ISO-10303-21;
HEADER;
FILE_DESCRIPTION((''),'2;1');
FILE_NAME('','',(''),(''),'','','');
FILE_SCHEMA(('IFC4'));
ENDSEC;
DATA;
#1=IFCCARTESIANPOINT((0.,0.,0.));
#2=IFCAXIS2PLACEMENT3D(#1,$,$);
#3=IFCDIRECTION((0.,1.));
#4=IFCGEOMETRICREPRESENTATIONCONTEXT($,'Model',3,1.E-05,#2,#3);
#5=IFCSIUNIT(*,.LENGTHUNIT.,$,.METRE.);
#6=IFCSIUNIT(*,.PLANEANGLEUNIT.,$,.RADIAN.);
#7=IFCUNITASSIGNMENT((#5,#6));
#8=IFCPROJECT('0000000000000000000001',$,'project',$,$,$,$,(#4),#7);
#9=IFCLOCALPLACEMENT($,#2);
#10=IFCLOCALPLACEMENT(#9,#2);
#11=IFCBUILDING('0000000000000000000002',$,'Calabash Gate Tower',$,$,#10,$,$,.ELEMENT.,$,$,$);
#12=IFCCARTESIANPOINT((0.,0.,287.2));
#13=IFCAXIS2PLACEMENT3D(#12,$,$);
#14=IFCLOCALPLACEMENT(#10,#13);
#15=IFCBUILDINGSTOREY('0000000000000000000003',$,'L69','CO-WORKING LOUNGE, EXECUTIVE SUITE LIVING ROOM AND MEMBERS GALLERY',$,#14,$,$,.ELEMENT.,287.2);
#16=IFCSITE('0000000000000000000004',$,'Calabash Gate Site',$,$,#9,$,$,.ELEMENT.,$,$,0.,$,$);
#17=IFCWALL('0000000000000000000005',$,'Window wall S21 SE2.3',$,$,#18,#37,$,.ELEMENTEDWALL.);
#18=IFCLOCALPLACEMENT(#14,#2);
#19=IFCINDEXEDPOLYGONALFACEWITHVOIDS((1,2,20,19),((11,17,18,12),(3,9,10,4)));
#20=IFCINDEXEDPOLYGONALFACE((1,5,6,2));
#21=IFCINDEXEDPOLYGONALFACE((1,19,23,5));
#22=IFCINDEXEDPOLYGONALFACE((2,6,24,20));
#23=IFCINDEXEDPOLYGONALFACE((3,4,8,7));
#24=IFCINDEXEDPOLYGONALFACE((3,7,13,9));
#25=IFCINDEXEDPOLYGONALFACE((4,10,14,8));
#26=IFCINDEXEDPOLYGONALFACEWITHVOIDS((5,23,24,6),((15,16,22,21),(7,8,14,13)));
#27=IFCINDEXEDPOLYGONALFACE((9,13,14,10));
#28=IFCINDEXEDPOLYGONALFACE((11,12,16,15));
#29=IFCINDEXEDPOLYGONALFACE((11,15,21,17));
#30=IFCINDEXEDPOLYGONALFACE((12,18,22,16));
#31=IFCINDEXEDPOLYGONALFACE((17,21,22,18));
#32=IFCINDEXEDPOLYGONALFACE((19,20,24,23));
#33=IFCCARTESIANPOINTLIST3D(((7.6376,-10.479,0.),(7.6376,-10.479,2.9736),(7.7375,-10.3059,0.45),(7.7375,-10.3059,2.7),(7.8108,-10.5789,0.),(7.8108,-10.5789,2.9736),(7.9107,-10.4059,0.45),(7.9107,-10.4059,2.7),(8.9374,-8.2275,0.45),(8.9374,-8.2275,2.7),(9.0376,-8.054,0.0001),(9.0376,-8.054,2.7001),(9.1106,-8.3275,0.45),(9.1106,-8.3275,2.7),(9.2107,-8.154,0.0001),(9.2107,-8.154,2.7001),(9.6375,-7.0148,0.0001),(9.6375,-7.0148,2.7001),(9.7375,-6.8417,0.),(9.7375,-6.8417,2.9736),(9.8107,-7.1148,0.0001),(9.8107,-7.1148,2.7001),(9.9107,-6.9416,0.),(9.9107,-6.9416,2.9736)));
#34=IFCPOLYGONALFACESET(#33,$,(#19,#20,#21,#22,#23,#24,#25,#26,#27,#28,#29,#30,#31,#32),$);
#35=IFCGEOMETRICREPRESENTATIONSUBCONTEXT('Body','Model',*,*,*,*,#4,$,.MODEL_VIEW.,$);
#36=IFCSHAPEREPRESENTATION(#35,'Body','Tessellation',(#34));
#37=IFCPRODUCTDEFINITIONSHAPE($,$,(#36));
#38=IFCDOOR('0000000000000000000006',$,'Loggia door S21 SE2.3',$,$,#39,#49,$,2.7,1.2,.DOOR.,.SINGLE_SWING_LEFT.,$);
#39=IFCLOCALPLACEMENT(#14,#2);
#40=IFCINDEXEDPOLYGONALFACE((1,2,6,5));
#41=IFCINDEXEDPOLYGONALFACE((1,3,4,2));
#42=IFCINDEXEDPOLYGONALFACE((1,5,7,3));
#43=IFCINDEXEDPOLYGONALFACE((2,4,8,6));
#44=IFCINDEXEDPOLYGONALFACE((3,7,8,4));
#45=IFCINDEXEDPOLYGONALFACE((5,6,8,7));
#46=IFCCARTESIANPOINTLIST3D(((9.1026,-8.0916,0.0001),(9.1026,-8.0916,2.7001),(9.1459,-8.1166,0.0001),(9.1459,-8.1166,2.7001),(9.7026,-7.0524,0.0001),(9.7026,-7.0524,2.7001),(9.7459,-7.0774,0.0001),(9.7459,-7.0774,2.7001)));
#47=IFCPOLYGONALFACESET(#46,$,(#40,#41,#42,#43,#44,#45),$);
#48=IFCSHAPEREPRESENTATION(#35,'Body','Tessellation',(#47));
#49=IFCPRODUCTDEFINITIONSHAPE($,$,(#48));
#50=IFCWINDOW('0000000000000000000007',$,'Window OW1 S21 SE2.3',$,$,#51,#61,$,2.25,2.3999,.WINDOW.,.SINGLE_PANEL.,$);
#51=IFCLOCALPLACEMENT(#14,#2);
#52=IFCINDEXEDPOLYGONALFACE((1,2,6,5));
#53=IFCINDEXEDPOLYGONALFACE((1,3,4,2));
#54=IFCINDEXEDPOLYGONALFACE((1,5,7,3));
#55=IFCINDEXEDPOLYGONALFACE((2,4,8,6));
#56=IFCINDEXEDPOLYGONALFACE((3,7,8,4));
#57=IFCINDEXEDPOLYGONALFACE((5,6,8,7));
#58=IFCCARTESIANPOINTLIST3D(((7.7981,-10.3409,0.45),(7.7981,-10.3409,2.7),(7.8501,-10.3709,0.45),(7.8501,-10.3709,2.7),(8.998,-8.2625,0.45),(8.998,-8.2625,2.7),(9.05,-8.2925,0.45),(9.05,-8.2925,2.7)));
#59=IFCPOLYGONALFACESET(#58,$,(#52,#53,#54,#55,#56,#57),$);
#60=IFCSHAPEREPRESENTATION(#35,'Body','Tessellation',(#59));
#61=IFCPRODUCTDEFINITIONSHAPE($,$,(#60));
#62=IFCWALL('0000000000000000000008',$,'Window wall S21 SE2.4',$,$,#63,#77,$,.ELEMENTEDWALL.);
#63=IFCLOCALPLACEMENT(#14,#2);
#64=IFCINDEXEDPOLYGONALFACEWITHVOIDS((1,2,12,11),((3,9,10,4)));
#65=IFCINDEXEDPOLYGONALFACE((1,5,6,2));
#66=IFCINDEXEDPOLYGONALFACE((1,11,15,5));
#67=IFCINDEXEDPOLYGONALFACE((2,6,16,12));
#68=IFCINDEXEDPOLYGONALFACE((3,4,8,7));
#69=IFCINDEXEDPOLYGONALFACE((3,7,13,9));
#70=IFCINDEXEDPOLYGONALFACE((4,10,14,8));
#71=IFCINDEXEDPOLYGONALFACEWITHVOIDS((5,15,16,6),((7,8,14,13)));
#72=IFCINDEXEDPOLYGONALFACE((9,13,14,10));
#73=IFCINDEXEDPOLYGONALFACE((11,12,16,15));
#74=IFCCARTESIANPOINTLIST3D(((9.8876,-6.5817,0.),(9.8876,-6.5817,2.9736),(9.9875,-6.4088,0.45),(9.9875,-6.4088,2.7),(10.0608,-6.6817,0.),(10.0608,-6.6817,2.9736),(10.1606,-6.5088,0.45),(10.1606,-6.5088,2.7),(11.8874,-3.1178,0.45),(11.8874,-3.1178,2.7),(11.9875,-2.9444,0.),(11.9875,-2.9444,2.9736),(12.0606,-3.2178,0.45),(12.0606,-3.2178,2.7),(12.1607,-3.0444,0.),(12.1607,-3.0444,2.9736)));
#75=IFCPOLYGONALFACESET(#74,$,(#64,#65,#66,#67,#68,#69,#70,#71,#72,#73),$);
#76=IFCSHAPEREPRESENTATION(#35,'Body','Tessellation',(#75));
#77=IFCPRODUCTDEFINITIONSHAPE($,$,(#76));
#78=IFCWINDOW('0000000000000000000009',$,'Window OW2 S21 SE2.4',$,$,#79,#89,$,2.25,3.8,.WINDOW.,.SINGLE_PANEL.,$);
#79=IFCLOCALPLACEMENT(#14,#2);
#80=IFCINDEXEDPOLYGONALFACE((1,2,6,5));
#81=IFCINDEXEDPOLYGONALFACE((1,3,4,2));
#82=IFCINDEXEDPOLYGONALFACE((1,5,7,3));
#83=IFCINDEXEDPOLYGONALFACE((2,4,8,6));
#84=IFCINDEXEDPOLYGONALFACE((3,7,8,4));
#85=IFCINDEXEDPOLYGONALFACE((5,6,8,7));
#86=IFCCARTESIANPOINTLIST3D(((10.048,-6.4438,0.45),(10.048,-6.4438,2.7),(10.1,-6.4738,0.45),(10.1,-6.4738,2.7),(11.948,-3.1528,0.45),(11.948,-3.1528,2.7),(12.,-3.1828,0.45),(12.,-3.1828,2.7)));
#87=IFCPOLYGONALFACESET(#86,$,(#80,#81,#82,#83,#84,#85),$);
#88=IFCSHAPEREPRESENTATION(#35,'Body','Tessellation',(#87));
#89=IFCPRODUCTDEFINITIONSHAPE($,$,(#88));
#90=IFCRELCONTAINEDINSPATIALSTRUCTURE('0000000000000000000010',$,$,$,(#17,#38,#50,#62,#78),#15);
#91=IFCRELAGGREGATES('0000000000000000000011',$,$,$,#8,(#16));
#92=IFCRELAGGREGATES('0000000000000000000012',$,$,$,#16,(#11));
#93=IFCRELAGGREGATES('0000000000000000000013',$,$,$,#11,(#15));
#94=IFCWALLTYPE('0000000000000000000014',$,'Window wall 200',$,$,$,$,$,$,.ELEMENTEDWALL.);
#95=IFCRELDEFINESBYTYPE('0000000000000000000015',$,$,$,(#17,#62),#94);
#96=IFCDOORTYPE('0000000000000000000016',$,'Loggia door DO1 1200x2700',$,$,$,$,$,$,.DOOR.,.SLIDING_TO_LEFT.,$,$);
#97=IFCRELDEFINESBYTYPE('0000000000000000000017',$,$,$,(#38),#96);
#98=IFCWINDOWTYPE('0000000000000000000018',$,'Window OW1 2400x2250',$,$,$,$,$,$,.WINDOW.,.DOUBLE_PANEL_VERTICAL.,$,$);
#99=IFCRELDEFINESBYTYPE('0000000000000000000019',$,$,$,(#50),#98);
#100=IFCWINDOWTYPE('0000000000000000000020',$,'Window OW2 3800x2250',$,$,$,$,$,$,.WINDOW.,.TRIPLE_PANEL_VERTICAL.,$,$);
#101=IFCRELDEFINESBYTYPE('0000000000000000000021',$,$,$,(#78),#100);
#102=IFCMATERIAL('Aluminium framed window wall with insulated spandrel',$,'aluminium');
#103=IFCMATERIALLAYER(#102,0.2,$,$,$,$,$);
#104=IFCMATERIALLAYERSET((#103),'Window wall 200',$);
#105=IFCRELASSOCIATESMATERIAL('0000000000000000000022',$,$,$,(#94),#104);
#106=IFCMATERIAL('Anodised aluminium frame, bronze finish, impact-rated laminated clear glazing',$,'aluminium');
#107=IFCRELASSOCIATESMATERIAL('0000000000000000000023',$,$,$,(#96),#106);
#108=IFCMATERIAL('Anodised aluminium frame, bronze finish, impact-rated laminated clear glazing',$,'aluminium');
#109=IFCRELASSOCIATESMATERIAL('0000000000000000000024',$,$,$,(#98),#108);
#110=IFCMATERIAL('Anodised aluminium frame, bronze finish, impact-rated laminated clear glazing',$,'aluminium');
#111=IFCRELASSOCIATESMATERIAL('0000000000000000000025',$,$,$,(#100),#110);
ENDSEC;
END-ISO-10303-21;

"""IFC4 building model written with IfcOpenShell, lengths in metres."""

from ifc_helpers import new_model, si_unit, direction, frame, frame_2d, origin, place, context, subcontext, project, spatial, rectangle, extrude, material, layer, layer_set, type_object, element, fill, save


model = new_model("IFC4")

# Units and contexts
model_context = context("Model", 3, precision=1e-05, world=origin(), true_north=direction((0.0, 1.0)))
body_context = subcontext(model_context, "Body", "Model", "MODEL_VIEW")
ifc_project = project(units=[si_unit("LENGTHUNIT", "METRE"), si_unit("PLANEANGLEUNIT", "RADIAN")], contexts=[model_context])

# Site, building, storey
site_placement = place(None, origin())
site = spatial("IfcSite", under=ifc_project, at=site_placement, Name="Calabash Gate Site", CompositionType="ELEMENT", RefElevation=0.0)
building_placement = place(site_placement, origin())
building = spatial("IfcBuilding", under=site, at=building_placement, Name="Calabash Gate Tower", CompositionType="ELEMENT")
storey_placement = place(building_placement, frame((0.0, 0.0, 287.2)))
storey = spatial("IfcBuildingStorey", under=building, at=storey_placement, Name="L69", Description="CO-WORKING LOUNGE, EXECUTIVE SUITE LIVING ROOM AND MEMBERS GALLERY", CompositionType="ELEMENT", Elevation=287.2)

# Wall, openings, door, window
ifc_material_1 = material(Name="Aluminium framed window wall with insulated spandrel", Category="aluminium")
ifc_layer_1 = layer(ifc_material_1, 0.2)
ifc_layer_set_1 = layer_set([ifc_layer_1], Name="Window wall 200")
wall_type_1 = type_object("IfcWallType", Name="Window wall 200", PredefinedType="ELEMENTEDWALL", material=ifc_layer_set_1)
wall_1_placement = place(storey_placement, frame((7.7241, -10.5291, 0.0), z_axis=(0.0, 0.0, 1.0), x_axis=(0.499984, 0.866035, 0.0)))
wall_1 = element("IfcWall", 1, at=wall_1_placement, inside=storey, type_object=wall_type_1, Name="Window wall S21 SE2.3", PredefinedType="ELEMENTEDWALL", context=body_context, shape_type="SweptSolid", body=[
    extrude(rectangle(XDim=4.2, YDim=0.2, at=frame_2d((2.1001, 0.0))), origin(), (0.0, 0.0, 1.0), 2.9736),
])
opening_1_placement = place(wall_1_placement, frame((0.2, 0.0, 0.45)))
opening_1 = element("IfcOpeningElement", 2, at=opening_1_placement, cuts=wall_1, PredefinedType="OPENING", context=body_context, shape_type="SweptSolid", body=[
    extrude(rectangle(XDim=2.3999, YDim=2.25, at=frame_2d((1.2, 1.125))), frame((0.0, 0.1099, 0.0), z_axis=(0.0, -1.0, 0.0), x_axis=(1.0, 0.0, 0.0)), (0.0, 0.0, 1.0), 0.22),
])
opening_2_placement = place(wall_1_placement, frame((2.8, 0.0, 0.0)))
opening_2 = element("IfcOpeningElement", 3, at=opening_2_placement, cuts=wall_1, PredefinedType="OPENING", context=body_context, shape_type="SweptSolid", body=[
    extrude(rectangle(XDim=1.2, YDim=2.7, at=frame_2d((0.6001, 1.3501))), frame((0.0, 0.1099, 0.0), z_axis=(0.0, -1.0, 0.0), x_axis=(1.0, 0.0, 0.0)), (0.0, 0.0, 1.0), 0.22),
])
ifc_material_2 = material(Name="Anodised aluminium frame, bronze finish, impact-rated laminated clear glazing", Category="aluminium")
door_type_1 = type_object("IfcDoorType", Name="Loggia door DO1 1200x2700", OperationType="SLIDING_TO_LEFT", PredefinedType="DOOR", material=ifc_material_2)
door_1_placement = place(opening_2_placement, origin())
door_1 = element("IfcDoor", 4, at=door_1_placement, inside=storey, type_object=door_type_1, Name="Loggia door S21 SE2.3", OperationType="SINGLE_SWING_LEFT", OverallHeight=2.7, OverallWidth=1.2, PredefinedType="DOOR", context=body_context, shape_type="SweptSolid", body=[
    extrude(rectangle(XDim=1.2, YDim=2.7, at=frame_2d((0.6001, 1.3501))), frame((0.0, 0.0249, 0.0), z_axis=(0.0, -1.0, 0.0), x_axis=(1.0, 0.0, 0.0)), (0.0, 0.0, 1.0), 0.05),
])
fill(opening_2, door_1)
ifc_material_3 = material(Name="Anodised aluminium frame, bronze finish, impact-rated laminated clear glazing", Category="aluminium")
window_type_1 = type_object("IfcWindowType", Name="Window OW1 2400x2250", PartitioningType="DOUBLE_PANEL_VERTICAL", PredefinedType="WINDOW", material=ifc_material_3)
window_1_placement = place(opening_1_placement, origin())
window_1 = element("IfcWindow", 5, at=window_1_placement, inside=storey, type_object=window_type_1, Name="Window OW1 S21 SE2.3", OverallHeight=2.25, OverallWidth=2.3999, PartitioningType="SINGLE_PANEL", PredefinedType="WINDOW", context=body_context, shape_type="SweptSolid", body=[
    extrude(rectangle(XDim=2.3999, YDim=2.25, at=frame_2d((1.2, 1.125))), frame((0.0, 0.03, 0.0), z_axis=(0.0, -1.0, 0.0), x_axis=(1.0, 0.0, 0.0)), (0.0, 0.0, 1.0), 0.0601),
])
fill(opening_1, window_1)

# Wall, opening, window
wall_2_placement = place(storey_placement, frame((9.9741, -6.6318, 0.0), z_axis=(0.0, 0.0, 1.0), x_axis=(0.499984, 0.866035, 0.0)))
wall_2 = element("IfcWall", 6, at=wall_2_placement, inside=storey, type_object=wall_type_1, Name="Window wall S21 SE2.4", PredefinedType="ELEMENTEDWALL", context=body_context, shape_type="SweptSolid", body=[
    extrude(rectangle(XDim=4.2, YDim=0.2, at=frame_2d((2.1001, 0.0))), origin(), (0.0, 0.0, 1.0), 2.9736),
])
opening_3_placement = place(wall_2_placement, frame((0.2, 0.0, 0.45)))
opening_3 = element("IfcOpeningElement", 7, at=opening_3_placement, cuts=wall_2, PredefinedType="OPENING", context=body_context, shape_type="SweptSolid", body=[
    extrude(rectangle(XDim=3.8, YDim=2.25, at=frame_2d((1.8999, 1.125))), frame((0.0, 0.1099, 0.0), z_axis=(0.0, -1.0, 0.0), x_axis=(1.0, 0.0, 0.0)), (0.0, 0.0, 1.0), 0.22),
])
ifc_material_4 = material(Name="Anodised aluminium frame, bronze finish, impact-rated laminated clear glazing", Category="aluminium")
window_type_2 = type_object("IfcWindowType", Name="Window OW2 3800x2250", PartitioningType="TRIPLE_PANEL_VERTICAL", PredefinedType="WINDOW", material=ifc_material_4)
window_2_placement = place(opening_3_placement, origin())
window_2 = element("IfcWindow", 8, at=window_2_placement, inside=storey, type_object=window_type_2, Name="Window OW2 S21 SE2.4", OverallHeight=2.25, OverallWidth=3.8, PartitioningType="SINGLE_PANEL", PredefinedType="WINDOW", context=body_context, shape_type="SweptSolid", body=[
    extrude(rectangle(XDim=3.8, YDim=2.25, at=frame_2d((1.8999, 1.125))), frame((0.0, 0.03, 0.0), z_axis=(0.0, -1.0, 0.0), x_axis=(1.0, 0.0, 0.0)), (0.0, 0.0, 1.0), 0.0601),
])
fill(opening_3, window_2)

save(model, "model.ifc")
